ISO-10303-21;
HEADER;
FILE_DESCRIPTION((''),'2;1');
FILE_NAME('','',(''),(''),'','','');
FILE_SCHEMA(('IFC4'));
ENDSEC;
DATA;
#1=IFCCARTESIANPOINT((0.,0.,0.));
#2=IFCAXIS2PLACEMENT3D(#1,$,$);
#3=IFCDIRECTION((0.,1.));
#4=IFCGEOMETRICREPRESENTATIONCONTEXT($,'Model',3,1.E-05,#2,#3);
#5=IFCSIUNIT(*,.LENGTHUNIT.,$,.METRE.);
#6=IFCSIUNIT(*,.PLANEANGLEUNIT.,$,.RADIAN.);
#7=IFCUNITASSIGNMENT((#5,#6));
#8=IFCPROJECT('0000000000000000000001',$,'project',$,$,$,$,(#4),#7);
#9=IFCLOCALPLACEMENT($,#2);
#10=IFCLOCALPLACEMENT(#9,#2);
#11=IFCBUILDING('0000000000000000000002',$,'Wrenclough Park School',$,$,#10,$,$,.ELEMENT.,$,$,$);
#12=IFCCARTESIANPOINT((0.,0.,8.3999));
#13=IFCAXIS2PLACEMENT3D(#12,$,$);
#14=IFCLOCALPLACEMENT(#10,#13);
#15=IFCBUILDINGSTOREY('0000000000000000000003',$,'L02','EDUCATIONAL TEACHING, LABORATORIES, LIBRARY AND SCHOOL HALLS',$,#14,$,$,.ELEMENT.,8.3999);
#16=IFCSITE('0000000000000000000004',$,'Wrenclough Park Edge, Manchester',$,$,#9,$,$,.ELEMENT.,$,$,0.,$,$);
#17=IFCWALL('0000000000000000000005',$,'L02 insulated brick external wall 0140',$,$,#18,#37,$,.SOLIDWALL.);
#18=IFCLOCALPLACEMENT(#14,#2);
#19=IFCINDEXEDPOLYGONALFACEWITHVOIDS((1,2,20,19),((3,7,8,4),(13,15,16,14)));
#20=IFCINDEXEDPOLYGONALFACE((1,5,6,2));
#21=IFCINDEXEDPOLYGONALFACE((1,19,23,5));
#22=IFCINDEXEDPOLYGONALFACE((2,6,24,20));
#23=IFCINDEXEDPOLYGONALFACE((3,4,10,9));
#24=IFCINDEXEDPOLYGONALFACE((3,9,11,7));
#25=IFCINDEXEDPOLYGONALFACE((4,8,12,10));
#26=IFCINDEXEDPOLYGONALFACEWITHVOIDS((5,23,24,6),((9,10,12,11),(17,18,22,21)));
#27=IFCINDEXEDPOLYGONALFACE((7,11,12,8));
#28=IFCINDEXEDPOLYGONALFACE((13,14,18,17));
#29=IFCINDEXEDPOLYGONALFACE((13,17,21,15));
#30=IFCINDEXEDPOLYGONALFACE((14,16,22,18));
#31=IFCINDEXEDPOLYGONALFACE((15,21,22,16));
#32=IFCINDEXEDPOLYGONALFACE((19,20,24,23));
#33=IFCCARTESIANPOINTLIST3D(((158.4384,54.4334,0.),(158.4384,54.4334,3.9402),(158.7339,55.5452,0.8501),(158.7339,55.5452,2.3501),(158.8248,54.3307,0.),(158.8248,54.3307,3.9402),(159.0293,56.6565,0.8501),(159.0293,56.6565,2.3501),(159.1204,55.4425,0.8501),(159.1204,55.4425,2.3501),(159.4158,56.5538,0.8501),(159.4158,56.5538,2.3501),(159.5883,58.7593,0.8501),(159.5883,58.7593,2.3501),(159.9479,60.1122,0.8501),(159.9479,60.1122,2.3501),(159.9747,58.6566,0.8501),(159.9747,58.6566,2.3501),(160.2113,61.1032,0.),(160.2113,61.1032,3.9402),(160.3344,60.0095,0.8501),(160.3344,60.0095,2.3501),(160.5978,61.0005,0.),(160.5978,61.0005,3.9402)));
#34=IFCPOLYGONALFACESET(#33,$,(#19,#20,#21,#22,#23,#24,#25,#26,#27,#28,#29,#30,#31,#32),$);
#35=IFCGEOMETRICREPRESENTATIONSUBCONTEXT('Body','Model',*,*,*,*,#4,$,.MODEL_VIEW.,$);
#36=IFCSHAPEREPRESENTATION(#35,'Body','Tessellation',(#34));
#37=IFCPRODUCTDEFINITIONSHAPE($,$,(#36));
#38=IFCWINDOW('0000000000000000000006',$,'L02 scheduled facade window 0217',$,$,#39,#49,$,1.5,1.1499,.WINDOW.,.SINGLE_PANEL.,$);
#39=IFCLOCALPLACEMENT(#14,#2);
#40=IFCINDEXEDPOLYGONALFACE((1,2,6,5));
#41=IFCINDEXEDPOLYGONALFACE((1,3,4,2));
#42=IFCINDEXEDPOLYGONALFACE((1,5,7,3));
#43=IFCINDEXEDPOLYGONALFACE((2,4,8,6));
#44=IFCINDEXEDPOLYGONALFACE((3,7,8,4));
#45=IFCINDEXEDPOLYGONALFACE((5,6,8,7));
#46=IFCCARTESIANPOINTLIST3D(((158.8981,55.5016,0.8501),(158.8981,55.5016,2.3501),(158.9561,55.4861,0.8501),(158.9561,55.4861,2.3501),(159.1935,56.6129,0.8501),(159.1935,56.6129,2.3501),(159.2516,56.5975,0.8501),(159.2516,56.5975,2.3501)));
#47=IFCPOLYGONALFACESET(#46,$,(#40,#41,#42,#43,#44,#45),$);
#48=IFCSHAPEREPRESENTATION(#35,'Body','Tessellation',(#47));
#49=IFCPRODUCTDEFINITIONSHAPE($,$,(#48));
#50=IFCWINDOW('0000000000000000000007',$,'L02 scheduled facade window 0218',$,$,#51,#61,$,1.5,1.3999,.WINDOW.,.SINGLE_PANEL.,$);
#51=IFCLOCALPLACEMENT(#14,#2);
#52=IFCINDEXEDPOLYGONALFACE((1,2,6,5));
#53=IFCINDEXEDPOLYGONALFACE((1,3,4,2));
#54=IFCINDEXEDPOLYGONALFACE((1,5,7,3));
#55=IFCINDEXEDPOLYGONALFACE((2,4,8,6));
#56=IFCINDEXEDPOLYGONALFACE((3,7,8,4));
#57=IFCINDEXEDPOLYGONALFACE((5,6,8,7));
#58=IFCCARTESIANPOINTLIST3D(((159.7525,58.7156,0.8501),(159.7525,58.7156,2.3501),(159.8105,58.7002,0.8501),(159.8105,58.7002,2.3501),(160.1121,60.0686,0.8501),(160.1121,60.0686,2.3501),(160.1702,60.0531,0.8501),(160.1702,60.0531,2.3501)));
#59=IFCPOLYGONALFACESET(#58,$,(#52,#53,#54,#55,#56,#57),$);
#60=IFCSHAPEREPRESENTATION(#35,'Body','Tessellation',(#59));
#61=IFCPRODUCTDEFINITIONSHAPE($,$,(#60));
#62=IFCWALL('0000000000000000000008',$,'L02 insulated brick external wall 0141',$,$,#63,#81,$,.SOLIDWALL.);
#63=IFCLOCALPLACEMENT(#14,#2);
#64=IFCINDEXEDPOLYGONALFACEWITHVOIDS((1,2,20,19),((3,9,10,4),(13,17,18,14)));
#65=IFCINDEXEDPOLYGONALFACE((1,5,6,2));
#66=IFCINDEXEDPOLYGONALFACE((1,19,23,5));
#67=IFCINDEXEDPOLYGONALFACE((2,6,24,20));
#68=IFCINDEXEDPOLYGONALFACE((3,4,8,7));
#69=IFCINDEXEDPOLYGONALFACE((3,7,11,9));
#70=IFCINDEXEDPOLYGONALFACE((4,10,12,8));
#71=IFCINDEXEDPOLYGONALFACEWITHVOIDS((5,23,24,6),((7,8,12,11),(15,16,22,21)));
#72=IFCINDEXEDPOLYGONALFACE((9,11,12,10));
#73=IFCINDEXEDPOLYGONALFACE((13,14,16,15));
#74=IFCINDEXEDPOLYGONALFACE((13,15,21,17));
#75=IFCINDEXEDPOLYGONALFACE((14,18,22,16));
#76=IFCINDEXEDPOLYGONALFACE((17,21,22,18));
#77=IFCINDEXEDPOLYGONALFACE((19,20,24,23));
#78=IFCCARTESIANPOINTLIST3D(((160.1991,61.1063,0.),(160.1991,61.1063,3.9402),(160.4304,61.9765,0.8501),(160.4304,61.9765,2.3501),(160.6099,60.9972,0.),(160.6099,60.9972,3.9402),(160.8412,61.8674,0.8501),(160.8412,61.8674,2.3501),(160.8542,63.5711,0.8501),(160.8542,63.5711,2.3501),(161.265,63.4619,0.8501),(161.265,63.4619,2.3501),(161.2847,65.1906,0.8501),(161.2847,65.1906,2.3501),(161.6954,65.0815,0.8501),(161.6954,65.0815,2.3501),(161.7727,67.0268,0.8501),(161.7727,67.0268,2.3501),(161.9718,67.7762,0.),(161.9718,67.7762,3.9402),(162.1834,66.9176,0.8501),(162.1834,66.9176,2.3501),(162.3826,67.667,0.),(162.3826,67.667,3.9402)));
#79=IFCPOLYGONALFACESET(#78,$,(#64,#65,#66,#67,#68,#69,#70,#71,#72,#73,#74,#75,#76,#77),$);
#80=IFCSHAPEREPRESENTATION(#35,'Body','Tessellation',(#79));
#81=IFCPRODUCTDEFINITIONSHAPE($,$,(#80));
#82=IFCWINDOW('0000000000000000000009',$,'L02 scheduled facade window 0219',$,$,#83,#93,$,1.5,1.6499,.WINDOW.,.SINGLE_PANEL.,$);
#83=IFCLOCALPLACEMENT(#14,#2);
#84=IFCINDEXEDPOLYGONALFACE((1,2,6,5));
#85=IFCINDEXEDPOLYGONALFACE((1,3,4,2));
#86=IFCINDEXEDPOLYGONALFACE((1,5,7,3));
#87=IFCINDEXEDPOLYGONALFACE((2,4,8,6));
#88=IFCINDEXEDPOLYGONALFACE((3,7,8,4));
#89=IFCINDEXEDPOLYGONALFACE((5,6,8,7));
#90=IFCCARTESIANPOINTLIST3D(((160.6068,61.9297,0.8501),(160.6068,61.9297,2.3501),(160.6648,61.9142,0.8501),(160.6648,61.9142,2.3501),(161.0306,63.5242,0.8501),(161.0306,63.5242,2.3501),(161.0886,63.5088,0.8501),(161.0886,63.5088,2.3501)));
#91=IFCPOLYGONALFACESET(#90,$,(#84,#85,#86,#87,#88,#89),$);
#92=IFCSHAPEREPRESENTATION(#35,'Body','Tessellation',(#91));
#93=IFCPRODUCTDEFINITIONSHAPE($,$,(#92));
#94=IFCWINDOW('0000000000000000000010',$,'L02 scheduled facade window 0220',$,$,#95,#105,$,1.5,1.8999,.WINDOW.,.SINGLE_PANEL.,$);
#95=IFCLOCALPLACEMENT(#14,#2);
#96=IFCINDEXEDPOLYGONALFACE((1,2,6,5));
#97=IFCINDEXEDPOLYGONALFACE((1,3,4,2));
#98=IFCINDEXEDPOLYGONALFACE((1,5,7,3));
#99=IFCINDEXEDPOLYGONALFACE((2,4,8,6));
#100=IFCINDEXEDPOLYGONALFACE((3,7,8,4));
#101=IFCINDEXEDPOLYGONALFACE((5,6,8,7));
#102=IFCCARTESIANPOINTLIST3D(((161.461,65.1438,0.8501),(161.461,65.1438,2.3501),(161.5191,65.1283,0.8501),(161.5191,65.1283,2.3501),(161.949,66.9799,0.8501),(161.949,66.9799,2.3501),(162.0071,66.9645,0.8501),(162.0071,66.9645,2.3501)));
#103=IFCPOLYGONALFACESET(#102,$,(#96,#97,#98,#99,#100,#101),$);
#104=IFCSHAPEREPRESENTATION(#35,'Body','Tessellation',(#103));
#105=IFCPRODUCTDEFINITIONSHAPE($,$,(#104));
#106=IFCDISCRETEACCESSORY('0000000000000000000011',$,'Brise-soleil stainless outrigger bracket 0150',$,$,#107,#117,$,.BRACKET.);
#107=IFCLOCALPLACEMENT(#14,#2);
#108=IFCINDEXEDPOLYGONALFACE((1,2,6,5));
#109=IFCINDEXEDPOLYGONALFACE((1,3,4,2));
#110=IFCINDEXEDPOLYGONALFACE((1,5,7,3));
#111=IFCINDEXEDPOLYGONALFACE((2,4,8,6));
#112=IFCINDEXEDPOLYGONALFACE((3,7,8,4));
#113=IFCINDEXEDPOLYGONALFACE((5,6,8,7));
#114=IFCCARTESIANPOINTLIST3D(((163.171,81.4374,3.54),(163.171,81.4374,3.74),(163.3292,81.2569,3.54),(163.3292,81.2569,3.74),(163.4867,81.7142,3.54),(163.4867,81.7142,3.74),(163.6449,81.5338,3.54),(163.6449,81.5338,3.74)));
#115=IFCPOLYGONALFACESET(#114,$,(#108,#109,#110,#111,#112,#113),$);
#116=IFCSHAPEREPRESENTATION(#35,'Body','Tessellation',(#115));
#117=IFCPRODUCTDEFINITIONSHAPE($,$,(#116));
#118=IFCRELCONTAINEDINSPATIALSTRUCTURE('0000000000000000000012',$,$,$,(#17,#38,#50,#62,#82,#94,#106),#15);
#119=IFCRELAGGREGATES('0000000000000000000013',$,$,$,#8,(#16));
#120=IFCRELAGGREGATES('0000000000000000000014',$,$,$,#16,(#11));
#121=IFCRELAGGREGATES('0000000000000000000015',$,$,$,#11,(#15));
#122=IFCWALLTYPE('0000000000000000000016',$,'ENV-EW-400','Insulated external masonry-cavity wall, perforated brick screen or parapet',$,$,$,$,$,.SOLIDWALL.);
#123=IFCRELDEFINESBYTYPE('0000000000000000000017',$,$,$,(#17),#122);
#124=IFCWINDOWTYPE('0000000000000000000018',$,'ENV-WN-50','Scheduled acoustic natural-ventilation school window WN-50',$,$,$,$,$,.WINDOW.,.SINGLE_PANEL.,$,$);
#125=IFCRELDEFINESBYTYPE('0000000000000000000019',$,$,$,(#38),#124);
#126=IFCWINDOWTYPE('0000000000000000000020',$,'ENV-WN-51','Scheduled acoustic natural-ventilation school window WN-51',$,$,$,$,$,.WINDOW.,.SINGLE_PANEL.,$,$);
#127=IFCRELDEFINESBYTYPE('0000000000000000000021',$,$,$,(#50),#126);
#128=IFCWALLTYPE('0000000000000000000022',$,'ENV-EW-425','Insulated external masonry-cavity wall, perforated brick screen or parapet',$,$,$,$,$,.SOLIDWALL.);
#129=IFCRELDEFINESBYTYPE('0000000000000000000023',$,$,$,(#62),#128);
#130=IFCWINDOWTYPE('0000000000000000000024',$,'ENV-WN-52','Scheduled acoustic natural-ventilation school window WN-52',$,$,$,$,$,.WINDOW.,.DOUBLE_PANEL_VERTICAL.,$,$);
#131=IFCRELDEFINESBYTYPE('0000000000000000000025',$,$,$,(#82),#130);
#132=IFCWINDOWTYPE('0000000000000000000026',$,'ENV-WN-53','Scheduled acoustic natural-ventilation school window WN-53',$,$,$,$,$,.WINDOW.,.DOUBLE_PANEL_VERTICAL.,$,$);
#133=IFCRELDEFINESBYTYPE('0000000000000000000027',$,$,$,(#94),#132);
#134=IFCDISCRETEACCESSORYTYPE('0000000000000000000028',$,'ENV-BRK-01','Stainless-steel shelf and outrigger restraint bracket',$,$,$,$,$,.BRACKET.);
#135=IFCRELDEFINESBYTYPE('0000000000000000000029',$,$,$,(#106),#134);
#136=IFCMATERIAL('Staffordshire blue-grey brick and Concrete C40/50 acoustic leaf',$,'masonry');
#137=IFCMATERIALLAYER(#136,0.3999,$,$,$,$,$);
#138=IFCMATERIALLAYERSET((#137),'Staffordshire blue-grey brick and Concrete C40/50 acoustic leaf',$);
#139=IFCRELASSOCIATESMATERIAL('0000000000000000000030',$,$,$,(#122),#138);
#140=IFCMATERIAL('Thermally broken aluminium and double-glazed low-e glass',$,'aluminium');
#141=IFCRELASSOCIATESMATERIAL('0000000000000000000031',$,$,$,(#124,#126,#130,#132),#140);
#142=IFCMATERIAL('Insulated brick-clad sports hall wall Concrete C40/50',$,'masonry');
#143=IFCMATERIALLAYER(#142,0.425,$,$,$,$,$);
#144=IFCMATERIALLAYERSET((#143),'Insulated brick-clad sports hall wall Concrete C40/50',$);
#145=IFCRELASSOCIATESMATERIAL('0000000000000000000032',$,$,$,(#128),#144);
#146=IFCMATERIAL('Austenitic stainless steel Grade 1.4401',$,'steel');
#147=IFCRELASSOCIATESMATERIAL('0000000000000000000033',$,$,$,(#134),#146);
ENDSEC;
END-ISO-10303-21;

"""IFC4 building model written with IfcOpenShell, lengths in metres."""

from ifc_helpers import new_model, si_unit, direction, frame, frame_2d, origin, origin_2d, place, context, subcontext, project, spatial, rectangle, extrude, material, layer, layer_set, type_object, element, fill, save


model = new_model("IFC4")

# Units and contexts
model_context = context("Model", 3, precision=1e-05, world=origin(), true_north=direction((0.0, 1.0)))
body_context = subcontext(model_context, "Body", "Model", "MODEL_VIEW")
ifc_project = project(units=[si_unit("LENGTHUNIT", "METRE"), si_unit("PLANEANGLEUNIT", "RADIAN")], contexts=[model_context])

# Site, building, storey
site_placement = place(None, origin())
site = spatial("IfcSite", under=ifc_project, at=site_placement, Name="Wrenclough Park Edge, Manchester", CompositionType="ELEMENT", RefElevation=0.0)
building_placement = place(site_placement, origin())
building = spatial("IfcBuilding", under=site, at=building_placement, Name="Wrenclough Park School", CompositionType="ELEMENT")
storey_placement = place(building_placement, frame((0.0, 0.0, 8.3999)))
storey = spatial("IfcBuildingStorey", under=building, at=storey_placement, Name="L02", Description="EDUCATIONAL TEACHING, LABORATORIES, LIBRARY AND SCHOOL HALLS", CompositionType="ELEMENT", Elevation=8.3999)

# Walls, openings, windows
ifc_material_1 = material(Name="Thermally broken aluminium and double-glazed low-e glass", Category="aluminium")
ifc_material_2 = material(Name="Staffordshire blue-grey brick and Concrete C40/50 acoustic leaf", Category="masonry")
ifc_layer_1 = layer(ifc_material_2, 0.3999)
ifc_layer_set_1 = layer_set([ifc_layer_1], Name="Staffordshire blue-grey brick and Concrete C40/50 acoustic leaf")
wall_type_1 = type_object("IfcWallType", Name="ENV-EW-400", Description="Insulated external masonry-cavity wall, perforated brick screen or parapet", PredefinedType="SOLIDWALL", material=ifc_layer_set_1)
wall_1_placement = place(storey_placement, frame((158.6316, 54.3821, 0.0), z_axis=(0.0, 0.0, 1.0), x_axis=(0.256901, 0.966438, 0.0)))
wall_1 = element("IfcWall", 1, at=wall_1_placement, inside=storey, type_object=wall_type_1, Name="L02 insulated brick external wall 0140", PredefinedType="SOLIDWALL", context=body_context, shape_type="SweptSolid", body=[
    extrude(rectangle(XDim=6.9014, YDim=0.3999, at=frame_2d((3.4507, 0.0))), origin(), (0.0, 0.0, 1.0), 3.9402),
])
opening_1_placement = place(wall_1_placement, frame((1.1504, 0.0, 0.8501)))
opening_1 = element("IfcOpeningElement", 2, at=opening_1_placement, cuts=wall_1, PredefinedType="OPENING", context=body_context, shape_type="SweptSolid", body=[
    extrude(rectangle(XDim=1.1499, YDim=1.5, at=frame_2d((0.575, 0.75))), frame((0.0, 0.21, 0.0), z_axis=(0.0, -1.0, 0.0), x_axis=(1.0, 0.0, 0.0)), (0.0, 0.0, 1.0), 0.4199),
])
opening_2_placement = place(wall_1_placement, frame((4.4761, 0.0, 0.8501)))
opening_2 = element("IfcOpeningElement", 3, at=opening_2_placement, cuts=wall_1, PredefinedType="OPENING", context=body_context, shape_type="SweptSolid", body=[
    extrude(rectangle(XDim=1.3999, YDim=1.5, at=frame_2d((0.7, 0.75))), frame((0.0, 0.21, 0.0), z_axis=(0.0, -1.0, 0.0), x_axis=(1.0, 0.0, 0.0)), (0.0, 0.0, 1.0), 0.4199),
])
window_type_1 = type_object("IfcWindowType", Name="ENV-WN-50", Description="Scheduled acoustic natural-ventilation school window WN-50", PartitioningType="SINGLE_PANEL", PredefinedType="WINDOW", material=ifc_material_1)
window_1_placement = place(opening_1_placement, origin())
window_1 = element("IfcWindow", 4, at=window_1_placement, inside=storey, type_object=window_type_1, Name="L02 scheduled facade window 0217", OverallHeight=1.5, OverallWidth=1.1499, PartitioningType="SINGLE_PANEL", PredefinedType="WINDOW", context=body_context, shape_type="SweptSolid", body=[
    extrude(rectangle(XDim=1.1499, YDim=1.5, at=frame_2d((0.575, 0.75))), frame((0.0, 0.03, 0.0), z_axis=(0.0, -1.0, 0.0), x_axis=(1.0, 0.0, 0.0)), (0.0, 0.0, 1.0), 0.0601),
])
fill(opening_1, window_1)
window_type_2 = type_object("IfcWindowType", Name="ENV-WN-51", Description="Scheduled acoustic natural-ventilation school window WN-51", PartitioningType="SINGLE_PANEL", PredefinedType="WINDOW", material=ifc_material_1)
window_2_placement = place(opening_2_placement, origin())
window_2 = element("IfcWindow", 5, at=window_2_placement, inside=storey, type_object=window_type_2, Name="L02 scheduled facade window 0218", OverallHeight=1.5, OverallWidth=1.3999, PartitioningType="SINGLE_PANEL", PredefinedType="WINDOW", context=body_context, shape_type="SweptSolid", body=[
    extrude(rectangle(XDim=1.3999, YDim=1.5, at=frame_2d((0.7, 0.75))), frame((0.0, 0.03, 0.0), z_axis=(0.0, -1.0, 0.0), x_axis=(1.0, 0.0, 0.0)), (0.0, 0.0, 1.0), 0.0601),
])
fill(opening_2, window_2)
ifc_material_3 = material(Name="Insulated brick-clad sports hall wall Concrete C40/50", Category="masonry")
ifc_layer_2 = layer(ifc_material_3, 0.425)
ifc_layer_set_2 = layer_set([ifc_layer_2], Name="Insulated brick-clad sports hall wall Concrete C40/50")
wall_type_2 = type_object("IfcWallType", Name="ENV-EW-425", Description="Insulated external masonry-cavity wall, perforated brick screen or parapet", PredefinedType="SOLIDWALL", material=ifc_layer_set_2)
wall_2_placement = place(storey_placement, frame((160.4045, 61.0518, 0.0), z_axis=(0.0, 0.0, 1.0), x_axis=(0.256859, 0.966449, 0.0)))
wall_2 = element("IfcWall", 6, at=wall_2_placement, inside=storey, type_object=wall_type_2, Name="L02 insulated brick external wall 0141", PredefinedType="SOLIDWALL", context=body_context, shape_type="SweptSolid", body=[
    extrude(rectangle(XDim=6.9014, YDim=0.425, at=frame_2d((3.4507, 0.0))), origin(), (0.0, 0.0, 1.0), 3.9402),
])
opening_3_placement = place(wall_2_placement, frame((0.9004, 0.0, 0.8501)))
opening_3 = element("IfcOpeningElement", 7, at=opening_3_placement, cuts=wall_2, PredefinedType="OPENING", context=body_context, shape_type="SweptSolid", body=[
    extrude(rectangle(XDim=1.6499, YDim=1.5, at=frame_2d((0.825, 0.75))), frame((0.0, 0.2224, 0.0), z_axis=(0.0, -1.0, 0.0), x_axis=(1.0, 0.0, 0.0)), (0.0, 0.0, 1.0), 0.4451),
])
opening_4_placement = place(wall_2_placement, frame((4.2261, 0.0, 0.8501)))
opening_4 = element("IfcOpeningElement", 8, at=opening_4_placement, cuts=wall_2, PredefinedType="OPENING", context=body_context, shape_type="SweptSolid", body=[
    extrude(rectangle(XDim=1.8999, YDim=1.5, at=frame_2d((0.95, 0.75))), frame((0.0, 0.2224, 0.0), z_axis=(0.0, -1.0, 0.0), x_axis=(1.0, 0.0, 0.0)), (0.0, 0.0, 1.0), 0.4451),
])
window_type_3 = type_object("IfcWindowType", Name="ENV-WN-52", Description="Scheduled acoustic natural-ventilation school window WN-52", PartitioningType="DOUBLE_PANEL_VERTICAL", PredefinedType="WINDOW", material=ifc_material_1)
window_3_placement = place(opening_3_placement, origin())
window_3 = element("IfcWindow", 9, at=window_3_placement, inside=storey, type_object=window_type_3, Name="L02 scheduled facade window 0219", OverallHeight=1.5, OverallWidth=1.6499, PartitioningType="SINGLE_PANEL", PredefinedType="WINDOW", context=body_context, shape_type="SweptSolid", body=[
    extrude(rectangle(XDim=1.6499, YDim=1.5, at=frame_2d((0.825, 0.75))), frame((0.0, 0.03, 0.0), z_axis=(0.0, -1.0, 0.0), x_axis=(1.0, 0.0, 0.0)), (0.0, 0.0, 1.0), 0.0601),
])
fill(opening_3, window_3)
window_type_4 = type_object("IfcWindowType", Name="ENV-WN-53", Description="Scheduled acoustic natural-ventilation school window WN-53", PartitioningType="DOUBLE_PANEL_VERTICAL", PredefinedType="WINDOW", material=ifc_material_1)
window_4_placement = place(opening_4_placement, origin())
window_4 = element("IfcWindow", 10, at=window_4_placement, inside=storey, type_object=window_type_4, Name="L02 scheduled facade window 0220", OverallHeight=1.5, OverallWidth=1.8999, PartitioningType="SINGLE_PANEL", PredefinedType="WINDOW", context=body_context, shape_type="SweptSolid", body=[
    extrude(rectangle(XDim=1.8999, YDim=1.5, at=frame_2d((0.95, 0.75))), frame((0.0, 0.03, 0.0), z_axis=(0.0, -1.0, 0.0), x_axis=(1.0, 0.0, 0.0)), (0.0, 0.0, 1.0), 0.0601),
])
fill(opening_4, window_4)

# Discrete accessory
ifc_material_4 = material(Name="Austenitic stainless steel Grade 1.4401", Category="steel")
discrete_accessory_type = type_object("IfcDiscreteAccessoryType", Name="ENV-BRK-01", Description="Stainless-steel shelf and outrigger restraint bracket", PredefinedType="BRACKET", material=ifc_material_4)
discrete_accessory_placement = place(storey_placement, frame((163.408, 81.4856, 3.54), z_axis=(0.0, 0.0, 1.0), x_axis=(0.659344, -0.751841, 0.0)))
element("IfcDiscreteAccessory", 11, at=discrete_accessory_placement, inside=storey, type_object=discrete_accessory_type, Name="Brise-soleil stainless outrigger bracket 0150", PredefinedType="BRACKET", context=body_context, shape_type="SweptSolid", body=[
    extrude(rectangle(XDim=0.24, YDim=0.4199, at=origin_2d()), origin(), (0.0, 0.0, 1.0), 0.2),
])

save(model, "model.ifc")
